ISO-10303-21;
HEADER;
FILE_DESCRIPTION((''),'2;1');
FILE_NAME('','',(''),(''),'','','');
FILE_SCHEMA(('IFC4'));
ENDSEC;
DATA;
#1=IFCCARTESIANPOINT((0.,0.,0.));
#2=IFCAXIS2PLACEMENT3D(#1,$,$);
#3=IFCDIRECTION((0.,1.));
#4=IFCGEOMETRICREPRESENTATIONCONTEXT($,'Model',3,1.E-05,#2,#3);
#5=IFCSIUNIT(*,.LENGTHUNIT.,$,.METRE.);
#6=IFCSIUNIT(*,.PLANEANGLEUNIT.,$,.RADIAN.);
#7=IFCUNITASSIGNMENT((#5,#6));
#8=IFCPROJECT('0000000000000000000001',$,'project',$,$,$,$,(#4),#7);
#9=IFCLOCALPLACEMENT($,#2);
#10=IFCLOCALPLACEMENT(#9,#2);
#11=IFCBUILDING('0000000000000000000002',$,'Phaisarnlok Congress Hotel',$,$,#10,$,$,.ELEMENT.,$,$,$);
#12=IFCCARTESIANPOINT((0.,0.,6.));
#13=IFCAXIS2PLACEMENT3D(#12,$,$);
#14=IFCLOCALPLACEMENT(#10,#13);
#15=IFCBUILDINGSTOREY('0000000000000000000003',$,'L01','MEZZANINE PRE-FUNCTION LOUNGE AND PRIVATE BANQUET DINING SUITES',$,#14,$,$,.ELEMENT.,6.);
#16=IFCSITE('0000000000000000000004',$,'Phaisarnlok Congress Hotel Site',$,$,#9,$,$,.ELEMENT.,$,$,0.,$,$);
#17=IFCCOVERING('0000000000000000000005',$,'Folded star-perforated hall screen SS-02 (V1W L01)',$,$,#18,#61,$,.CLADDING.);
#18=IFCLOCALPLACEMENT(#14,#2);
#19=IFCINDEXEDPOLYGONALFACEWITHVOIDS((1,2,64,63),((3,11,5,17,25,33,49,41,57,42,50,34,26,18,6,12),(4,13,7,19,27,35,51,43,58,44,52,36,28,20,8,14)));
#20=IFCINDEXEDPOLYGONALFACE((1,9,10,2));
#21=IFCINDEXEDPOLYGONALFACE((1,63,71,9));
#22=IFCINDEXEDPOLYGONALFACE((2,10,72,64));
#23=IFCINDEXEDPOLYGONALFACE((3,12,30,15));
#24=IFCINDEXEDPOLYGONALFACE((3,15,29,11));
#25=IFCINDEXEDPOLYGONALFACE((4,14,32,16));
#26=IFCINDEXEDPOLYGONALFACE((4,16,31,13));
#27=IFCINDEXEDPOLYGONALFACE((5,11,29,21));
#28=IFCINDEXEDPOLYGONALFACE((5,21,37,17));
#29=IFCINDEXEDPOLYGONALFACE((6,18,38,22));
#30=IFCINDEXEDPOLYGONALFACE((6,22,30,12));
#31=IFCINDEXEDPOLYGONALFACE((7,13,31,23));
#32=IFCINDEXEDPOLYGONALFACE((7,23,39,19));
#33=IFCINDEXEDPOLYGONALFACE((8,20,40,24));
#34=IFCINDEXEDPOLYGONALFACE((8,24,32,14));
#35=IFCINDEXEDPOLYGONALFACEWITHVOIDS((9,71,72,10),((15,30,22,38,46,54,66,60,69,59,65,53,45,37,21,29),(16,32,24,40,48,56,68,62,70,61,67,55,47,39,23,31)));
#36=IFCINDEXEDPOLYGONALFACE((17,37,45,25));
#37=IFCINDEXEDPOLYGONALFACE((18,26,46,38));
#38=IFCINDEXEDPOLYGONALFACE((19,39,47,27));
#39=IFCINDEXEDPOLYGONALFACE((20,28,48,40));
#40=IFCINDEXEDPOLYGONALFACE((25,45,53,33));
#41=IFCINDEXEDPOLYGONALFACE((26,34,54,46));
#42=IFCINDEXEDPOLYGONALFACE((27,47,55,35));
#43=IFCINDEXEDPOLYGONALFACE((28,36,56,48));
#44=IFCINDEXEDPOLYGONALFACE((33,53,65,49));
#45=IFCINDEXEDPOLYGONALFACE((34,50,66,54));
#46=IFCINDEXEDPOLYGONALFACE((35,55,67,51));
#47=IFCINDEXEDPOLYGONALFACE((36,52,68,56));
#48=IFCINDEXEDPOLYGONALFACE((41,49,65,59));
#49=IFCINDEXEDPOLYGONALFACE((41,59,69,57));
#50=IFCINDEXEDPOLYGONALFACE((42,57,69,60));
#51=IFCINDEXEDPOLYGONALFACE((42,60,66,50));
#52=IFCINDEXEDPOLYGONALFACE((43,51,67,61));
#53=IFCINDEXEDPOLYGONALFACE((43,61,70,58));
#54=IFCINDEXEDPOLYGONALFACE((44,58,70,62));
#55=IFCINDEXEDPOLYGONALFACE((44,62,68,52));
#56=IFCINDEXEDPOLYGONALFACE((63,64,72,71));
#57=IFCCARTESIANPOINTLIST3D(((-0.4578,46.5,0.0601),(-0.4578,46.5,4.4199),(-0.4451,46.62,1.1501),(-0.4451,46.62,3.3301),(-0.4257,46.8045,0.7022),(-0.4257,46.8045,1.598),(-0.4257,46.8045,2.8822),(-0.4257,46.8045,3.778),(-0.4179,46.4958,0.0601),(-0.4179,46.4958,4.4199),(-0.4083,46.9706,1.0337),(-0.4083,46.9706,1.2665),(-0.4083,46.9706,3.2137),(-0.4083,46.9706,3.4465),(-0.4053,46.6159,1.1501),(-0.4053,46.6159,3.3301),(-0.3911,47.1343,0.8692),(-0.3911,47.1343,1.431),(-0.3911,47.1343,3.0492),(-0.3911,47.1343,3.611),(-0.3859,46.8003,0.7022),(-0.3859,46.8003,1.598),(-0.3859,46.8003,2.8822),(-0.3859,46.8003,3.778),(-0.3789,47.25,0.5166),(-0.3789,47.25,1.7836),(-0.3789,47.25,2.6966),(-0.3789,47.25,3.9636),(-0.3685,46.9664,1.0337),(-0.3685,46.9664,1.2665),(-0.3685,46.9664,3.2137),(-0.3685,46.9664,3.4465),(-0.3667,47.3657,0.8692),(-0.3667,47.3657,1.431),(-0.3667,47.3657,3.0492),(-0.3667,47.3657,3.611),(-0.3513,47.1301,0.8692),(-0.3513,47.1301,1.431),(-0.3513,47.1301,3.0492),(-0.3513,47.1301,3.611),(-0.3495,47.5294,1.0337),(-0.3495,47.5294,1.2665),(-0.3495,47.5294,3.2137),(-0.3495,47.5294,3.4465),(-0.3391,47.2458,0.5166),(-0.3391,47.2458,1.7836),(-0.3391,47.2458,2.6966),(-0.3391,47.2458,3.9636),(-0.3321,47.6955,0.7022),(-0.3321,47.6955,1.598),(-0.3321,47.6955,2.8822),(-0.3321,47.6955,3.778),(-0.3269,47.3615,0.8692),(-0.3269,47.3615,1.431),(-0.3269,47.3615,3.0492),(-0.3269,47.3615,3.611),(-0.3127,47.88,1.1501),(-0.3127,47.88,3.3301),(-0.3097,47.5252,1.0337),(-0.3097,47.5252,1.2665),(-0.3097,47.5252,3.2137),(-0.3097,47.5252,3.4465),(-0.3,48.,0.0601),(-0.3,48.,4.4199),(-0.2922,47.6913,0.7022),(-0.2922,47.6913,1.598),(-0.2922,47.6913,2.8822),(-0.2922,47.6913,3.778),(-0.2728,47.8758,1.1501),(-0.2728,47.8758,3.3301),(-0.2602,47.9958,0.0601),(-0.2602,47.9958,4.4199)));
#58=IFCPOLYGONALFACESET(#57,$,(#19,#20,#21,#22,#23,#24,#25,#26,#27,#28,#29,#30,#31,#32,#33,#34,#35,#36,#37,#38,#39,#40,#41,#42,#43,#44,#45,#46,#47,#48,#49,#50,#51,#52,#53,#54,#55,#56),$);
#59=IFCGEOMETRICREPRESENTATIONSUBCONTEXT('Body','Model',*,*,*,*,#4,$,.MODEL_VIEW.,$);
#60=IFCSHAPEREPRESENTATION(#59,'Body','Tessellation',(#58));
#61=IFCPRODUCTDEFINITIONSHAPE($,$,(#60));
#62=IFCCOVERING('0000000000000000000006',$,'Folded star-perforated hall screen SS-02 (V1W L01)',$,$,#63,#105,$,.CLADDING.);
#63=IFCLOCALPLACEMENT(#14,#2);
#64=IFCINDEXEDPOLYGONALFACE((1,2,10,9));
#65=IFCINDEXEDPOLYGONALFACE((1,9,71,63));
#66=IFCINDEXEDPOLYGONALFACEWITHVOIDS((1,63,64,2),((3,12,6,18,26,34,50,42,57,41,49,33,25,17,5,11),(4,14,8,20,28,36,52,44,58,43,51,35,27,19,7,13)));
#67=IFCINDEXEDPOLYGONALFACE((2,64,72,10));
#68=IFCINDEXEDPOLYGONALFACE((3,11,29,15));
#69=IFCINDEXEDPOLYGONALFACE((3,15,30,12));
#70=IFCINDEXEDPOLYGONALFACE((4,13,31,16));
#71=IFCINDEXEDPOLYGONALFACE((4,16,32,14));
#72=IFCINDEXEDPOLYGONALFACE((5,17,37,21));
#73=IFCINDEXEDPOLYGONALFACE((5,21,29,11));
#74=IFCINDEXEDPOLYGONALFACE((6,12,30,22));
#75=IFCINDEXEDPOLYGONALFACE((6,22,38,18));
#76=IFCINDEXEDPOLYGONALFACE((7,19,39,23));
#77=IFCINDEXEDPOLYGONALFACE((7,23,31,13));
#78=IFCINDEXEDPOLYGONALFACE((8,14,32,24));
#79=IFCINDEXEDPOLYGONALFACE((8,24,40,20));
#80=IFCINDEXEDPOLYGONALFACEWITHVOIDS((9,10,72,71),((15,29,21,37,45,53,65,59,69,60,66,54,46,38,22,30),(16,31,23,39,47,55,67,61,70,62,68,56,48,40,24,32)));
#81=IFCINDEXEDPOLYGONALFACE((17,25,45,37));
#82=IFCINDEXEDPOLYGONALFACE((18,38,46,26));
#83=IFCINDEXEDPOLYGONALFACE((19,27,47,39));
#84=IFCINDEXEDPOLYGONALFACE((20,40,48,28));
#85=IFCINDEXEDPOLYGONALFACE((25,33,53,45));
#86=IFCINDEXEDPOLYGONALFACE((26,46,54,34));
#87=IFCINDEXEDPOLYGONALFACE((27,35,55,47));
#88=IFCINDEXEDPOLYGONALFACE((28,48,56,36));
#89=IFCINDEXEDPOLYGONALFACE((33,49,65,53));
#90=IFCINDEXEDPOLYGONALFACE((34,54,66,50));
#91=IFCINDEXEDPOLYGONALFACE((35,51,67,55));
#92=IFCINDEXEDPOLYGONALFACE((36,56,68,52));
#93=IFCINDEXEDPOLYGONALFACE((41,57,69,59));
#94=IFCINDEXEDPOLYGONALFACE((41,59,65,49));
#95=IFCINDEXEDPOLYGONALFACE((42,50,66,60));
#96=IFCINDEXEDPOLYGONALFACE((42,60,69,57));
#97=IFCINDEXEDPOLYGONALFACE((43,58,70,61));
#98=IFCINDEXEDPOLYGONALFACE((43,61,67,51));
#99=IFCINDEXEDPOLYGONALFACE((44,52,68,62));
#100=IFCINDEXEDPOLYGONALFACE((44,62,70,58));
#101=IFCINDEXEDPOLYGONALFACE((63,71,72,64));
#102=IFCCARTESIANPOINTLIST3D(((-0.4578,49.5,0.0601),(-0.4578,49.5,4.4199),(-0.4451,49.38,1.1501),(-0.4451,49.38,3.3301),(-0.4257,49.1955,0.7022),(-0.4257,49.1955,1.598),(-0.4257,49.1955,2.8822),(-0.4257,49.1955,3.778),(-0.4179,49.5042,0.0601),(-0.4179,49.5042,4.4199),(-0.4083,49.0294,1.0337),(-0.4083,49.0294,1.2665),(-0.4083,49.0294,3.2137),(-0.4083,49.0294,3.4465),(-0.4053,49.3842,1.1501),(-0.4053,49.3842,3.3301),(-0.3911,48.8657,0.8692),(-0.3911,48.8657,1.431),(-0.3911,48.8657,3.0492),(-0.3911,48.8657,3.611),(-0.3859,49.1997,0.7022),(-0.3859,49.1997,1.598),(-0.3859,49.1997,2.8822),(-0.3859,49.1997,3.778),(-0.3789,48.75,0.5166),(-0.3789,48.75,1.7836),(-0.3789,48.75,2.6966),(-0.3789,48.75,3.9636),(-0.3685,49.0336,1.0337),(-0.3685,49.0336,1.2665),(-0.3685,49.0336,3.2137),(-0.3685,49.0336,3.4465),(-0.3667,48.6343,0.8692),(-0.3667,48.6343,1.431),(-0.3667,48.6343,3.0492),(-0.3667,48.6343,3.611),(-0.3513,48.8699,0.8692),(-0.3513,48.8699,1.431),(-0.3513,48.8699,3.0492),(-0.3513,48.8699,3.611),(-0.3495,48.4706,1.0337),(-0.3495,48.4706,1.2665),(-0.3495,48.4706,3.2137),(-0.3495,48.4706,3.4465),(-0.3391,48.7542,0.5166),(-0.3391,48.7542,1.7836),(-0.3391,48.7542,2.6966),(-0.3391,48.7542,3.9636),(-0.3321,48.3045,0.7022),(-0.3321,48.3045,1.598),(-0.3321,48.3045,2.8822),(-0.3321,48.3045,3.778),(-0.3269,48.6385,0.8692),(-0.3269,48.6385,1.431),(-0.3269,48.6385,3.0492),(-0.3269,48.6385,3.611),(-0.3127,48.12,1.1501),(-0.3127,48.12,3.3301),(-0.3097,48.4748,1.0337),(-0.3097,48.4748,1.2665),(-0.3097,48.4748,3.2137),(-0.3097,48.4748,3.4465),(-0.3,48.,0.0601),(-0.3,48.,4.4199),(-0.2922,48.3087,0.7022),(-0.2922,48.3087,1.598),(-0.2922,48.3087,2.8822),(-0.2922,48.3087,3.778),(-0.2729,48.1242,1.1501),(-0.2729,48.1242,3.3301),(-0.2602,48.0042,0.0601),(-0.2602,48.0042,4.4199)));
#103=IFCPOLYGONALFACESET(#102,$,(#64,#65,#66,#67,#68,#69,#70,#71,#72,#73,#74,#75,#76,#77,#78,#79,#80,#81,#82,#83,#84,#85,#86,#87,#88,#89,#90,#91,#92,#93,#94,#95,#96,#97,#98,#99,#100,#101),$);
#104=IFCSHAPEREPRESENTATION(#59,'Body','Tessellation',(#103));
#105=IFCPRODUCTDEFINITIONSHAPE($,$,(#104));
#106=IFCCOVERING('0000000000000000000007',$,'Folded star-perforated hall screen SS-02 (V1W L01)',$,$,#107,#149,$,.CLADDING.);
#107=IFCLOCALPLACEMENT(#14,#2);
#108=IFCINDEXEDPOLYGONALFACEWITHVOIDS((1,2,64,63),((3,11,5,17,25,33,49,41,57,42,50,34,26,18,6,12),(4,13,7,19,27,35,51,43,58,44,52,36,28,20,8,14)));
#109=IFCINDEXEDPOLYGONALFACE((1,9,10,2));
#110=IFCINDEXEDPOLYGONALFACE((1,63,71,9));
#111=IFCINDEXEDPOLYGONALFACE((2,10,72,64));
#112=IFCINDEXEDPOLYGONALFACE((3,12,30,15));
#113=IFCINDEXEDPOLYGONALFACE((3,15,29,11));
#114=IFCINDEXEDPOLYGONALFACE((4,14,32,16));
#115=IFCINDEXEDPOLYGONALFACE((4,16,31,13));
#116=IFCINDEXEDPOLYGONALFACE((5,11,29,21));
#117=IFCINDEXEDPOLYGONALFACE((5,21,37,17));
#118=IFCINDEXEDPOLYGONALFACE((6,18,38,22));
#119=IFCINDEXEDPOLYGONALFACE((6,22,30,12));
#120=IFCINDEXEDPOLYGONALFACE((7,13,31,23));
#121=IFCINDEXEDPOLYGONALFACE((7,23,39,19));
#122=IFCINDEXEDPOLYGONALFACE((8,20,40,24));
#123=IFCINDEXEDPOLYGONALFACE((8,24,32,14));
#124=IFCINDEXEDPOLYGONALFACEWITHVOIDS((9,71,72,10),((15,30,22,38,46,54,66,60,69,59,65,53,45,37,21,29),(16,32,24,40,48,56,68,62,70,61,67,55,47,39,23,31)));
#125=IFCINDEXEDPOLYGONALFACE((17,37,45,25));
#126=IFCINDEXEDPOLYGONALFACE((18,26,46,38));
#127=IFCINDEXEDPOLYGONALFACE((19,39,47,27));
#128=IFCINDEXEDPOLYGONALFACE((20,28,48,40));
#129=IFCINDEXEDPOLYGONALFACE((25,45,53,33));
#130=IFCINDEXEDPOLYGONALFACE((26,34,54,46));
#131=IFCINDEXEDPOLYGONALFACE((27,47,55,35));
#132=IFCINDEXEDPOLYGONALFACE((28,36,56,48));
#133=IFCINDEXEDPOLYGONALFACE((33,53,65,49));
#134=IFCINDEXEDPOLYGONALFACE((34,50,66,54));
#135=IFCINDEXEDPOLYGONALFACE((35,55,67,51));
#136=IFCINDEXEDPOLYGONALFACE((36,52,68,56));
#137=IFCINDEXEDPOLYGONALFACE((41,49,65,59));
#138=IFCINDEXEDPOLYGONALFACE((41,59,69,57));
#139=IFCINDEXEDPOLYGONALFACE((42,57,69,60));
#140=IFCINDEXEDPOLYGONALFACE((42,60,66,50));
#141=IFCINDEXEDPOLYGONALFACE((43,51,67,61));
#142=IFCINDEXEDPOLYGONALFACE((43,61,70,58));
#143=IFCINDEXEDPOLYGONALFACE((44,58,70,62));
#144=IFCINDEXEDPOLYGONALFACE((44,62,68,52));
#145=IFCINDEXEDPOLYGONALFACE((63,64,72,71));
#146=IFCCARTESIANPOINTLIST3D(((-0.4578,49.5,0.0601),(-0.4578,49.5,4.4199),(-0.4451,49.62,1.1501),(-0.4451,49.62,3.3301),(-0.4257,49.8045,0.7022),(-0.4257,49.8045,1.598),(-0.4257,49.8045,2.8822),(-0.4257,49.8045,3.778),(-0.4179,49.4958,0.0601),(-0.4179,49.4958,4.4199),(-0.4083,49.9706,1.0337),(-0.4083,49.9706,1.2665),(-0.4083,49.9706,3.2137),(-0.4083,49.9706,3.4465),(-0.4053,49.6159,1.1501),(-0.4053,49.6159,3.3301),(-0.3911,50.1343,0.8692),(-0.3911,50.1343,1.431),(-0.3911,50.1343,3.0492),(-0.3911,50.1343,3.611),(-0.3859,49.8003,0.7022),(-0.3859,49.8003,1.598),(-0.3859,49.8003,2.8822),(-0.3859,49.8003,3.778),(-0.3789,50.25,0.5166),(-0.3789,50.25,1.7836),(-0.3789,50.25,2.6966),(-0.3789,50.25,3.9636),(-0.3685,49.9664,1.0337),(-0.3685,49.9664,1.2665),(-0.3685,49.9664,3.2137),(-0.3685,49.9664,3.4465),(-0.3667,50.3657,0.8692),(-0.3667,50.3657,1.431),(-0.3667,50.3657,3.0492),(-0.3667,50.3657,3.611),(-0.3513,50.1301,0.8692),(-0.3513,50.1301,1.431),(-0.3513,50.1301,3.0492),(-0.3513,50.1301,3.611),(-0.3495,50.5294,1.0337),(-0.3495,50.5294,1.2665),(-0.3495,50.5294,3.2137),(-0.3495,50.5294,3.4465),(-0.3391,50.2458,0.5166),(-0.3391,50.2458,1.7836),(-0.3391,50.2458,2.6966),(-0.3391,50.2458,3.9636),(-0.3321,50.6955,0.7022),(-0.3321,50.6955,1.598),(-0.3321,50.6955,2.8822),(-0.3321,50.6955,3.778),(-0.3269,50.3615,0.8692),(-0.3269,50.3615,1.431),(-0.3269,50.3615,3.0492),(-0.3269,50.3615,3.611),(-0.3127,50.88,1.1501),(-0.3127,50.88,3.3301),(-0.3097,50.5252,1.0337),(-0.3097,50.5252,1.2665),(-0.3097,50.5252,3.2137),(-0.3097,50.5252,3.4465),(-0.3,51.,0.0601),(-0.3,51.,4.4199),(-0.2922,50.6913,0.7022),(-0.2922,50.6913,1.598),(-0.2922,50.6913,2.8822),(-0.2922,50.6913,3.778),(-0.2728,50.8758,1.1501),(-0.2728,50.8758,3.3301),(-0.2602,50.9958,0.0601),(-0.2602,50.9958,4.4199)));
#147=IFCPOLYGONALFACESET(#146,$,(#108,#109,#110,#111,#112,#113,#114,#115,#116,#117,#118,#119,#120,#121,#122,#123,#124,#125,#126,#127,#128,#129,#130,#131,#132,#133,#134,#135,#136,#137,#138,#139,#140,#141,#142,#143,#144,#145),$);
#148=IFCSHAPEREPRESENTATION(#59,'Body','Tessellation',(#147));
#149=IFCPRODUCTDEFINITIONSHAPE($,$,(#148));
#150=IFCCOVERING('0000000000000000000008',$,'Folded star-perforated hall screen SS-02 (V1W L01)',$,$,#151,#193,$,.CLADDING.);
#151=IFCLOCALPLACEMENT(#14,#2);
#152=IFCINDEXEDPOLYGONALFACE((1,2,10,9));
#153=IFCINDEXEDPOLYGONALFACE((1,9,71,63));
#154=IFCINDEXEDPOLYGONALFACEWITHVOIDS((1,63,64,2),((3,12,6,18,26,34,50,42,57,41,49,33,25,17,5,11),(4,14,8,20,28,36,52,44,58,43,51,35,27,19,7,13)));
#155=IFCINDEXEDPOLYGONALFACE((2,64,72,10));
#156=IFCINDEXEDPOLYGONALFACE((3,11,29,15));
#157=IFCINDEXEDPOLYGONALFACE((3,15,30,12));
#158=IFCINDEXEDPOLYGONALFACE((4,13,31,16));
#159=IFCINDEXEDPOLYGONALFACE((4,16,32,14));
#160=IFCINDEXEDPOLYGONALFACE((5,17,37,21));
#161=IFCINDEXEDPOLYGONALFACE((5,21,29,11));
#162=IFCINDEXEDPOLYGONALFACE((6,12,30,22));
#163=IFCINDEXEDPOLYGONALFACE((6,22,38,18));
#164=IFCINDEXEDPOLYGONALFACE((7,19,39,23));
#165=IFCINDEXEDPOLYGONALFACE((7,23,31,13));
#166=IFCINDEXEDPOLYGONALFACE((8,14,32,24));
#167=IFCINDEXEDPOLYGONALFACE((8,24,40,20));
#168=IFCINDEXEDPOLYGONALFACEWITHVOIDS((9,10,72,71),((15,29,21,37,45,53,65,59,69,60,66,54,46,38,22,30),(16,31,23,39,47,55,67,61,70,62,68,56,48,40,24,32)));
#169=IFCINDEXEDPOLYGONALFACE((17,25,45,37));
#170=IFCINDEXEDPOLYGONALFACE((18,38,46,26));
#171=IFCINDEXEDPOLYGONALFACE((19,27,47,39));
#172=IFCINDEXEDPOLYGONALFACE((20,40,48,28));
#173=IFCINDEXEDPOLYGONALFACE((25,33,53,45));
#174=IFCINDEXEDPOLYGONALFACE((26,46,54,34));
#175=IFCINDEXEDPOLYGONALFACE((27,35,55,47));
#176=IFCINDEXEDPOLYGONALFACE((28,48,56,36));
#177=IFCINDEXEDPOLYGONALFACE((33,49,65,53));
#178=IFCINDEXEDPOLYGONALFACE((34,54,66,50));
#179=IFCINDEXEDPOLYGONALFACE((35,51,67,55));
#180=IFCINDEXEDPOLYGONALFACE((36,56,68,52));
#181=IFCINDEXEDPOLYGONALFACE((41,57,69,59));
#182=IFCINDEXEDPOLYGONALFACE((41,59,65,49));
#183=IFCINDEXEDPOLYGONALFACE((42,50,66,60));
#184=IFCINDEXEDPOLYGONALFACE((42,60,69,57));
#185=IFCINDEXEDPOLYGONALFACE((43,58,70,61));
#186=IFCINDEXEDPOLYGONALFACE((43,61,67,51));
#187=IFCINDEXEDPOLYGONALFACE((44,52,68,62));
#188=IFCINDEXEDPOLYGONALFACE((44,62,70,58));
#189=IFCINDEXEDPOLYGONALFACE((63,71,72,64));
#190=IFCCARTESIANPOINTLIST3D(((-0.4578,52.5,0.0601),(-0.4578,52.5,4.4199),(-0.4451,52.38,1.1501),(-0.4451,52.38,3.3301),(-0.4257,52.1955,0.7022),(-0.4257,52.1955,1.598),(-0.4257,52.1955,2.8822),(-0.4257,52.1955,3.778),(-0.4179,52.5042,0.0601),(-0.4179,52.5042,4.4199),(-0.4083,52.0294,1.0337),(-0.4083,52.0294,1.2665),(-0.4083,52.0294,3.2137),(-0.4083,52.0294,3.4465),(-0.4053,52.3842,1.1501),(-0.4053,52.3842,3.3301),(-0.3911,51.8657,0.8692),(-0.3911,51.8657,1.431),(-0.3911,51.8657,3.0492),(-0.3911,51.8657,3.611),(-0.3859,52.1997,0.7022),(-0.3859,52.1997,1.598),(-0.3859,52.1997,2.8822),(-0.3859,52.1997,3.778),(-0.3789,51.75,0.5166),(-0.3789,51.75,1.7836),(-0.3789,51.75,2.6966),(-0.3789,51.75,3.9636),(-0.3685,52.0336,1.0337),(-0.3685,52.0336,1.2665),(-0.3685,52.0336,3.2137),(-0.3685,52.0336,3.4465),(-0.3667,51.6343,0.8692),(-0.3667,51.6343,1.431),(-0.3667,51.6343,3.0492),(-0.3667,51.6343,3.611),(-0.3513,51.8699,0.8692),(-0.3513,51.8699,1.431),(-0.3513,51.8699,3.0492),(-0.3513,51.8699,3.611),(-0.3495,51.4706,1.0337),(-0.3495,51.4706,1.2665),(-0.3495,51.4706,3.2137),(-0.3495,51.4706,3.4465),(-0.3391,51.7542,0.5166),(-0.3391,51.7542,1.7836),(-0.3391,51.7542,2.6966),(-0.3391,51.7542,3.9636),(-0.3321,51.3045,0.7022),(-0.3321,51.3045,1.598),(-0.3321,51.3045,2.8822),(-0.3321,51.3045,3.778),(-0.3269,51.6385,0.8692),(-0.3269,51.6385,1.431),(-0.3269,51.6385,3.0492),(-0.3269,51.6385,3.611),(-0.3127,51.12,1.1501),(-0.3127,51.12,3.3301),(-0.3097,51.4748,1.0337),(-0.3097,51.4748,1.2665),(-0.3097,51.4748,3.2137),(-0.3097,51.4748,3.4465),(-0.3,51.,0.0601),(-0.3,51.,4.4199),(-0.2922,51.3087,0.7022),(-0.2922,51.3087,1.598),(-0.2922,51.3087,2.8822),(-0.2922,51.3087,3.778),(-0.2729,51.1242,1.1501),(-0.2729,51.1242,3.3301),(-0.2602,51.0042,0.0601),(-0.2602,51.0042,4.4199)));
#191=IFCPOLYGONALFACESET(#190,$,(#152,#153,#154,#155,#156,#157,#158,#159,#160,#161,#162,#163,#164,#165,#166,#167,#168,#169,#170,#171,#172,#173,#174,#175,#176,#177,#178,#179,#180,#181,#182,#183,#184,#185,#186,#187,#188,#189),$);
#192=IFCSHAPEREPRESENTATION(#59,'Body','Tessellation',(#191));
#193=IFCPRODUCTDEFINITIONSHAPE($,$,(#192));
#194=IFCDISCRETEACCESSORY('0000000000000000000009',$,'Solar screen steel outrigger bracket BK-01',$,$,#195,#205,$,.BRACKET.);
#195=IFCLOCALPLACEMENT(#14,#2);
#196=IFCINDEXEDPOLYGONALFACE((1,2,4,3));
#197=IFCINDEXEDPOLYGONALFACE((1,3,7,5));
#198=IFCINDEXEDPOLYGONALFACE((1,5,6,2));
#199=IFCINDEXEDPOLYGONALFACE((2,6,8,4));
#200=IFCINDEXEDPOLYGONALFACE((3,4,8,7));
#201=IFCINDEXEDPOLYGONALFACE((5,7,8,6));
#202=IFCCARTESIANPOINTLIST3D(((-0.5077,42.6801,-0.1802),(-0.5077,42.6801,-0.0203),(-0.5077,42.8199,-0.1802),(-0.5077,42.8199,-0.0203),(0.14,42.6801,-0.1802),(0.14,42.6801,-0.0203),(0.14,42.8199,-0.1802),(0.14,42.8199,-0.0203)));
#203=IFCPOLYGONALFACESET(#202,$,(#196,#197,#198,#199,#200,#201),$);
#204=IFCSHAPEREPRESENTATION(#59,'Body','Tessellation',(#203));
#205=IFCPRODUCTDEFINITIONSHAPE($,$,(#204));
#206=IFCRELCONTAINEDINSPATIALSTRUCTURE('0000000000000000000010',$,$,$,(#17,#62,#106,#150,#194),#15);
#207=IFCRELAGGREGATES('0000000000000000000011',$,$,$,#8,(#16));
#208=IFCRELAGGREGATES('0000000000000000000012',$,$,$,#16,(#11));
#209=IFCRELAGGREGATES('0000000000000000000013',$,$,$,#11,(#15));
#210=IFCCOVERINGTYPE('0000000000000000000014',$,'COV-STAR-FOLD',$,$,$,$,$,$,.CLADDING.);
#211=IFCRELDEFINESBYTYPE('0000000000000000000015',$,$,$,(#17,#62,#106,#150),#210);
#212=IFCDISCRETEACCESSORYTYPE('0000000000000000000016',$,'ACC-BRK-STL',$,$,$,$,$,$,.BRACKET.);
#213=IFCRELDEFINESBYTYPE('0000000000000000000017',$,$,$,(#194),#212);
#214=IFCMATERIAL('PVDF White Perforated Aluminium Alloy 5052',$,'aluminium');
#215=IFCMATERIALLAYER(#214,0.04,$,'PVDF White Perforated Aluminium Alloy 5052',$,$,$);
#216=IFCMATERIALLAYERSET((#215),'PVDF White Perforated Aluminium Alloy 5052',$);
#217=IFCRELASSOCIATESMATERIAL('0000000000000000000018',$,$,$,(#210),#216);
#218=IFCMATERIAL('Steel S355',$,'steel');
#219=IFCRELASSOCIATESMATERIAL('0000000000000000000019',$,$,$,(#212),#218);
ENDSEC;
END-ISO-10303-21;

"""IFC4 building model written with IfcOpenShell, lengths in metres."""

from ifc_helpers import new_model, si_unit, direction, frame, origin, origin_2d, place, context, subcontext, project, spatial, polyline, rectangle, outline, extrude, material, layer, layer_set, type_object, element, save


model = new_model("IFC4")

# Units and contexts
model_context = context("Model", 3, precision=1e-05, world=origin(), true_north=direction((0.0, 1.0)))
body_context = subcontext(model_context, "Body", "Model", "MODEL_VIEW")
ifc_project = project(units=[si_unit("LENGTHUNIT", "METRE"), si_unit("PLANEANGLEUNIT", "RADIAN")], contexts=[model_context])

# Site, building, storey
site_placement = place(None, origin())
site = spatial("IfcSite", under=ifc_project, at=site_placement, Name="Phaisarnlok Congress Hotel Site", CompositionType="ELEMENT", RefElevation=0.0)
building_placement = place(site_placement, origin())
building = spatial("IfcBuilding", under=site, at=building_placement, Name="Phaisarnlok Congress Hotel", CompositionType="ELEMENT")
storey_placement = place(building_placement, frame((0.0, 0.0, 6.0)))
storey = spatial("IfcBuildingStorey", under=building, at=storey_placement, Name="L01", Description="MEZZANINE PRE-FUNCTION LOUNGE AND PRIVATE BANQUET DINING SUITES", CompositionType="ELEMENT", Elevation=6.0)

# Coverings
ifc_material_1 = material(Name="PVDF White Perforated Aluminium Alloy 5052", Category="aluminium")
ifc_layer = layer(ifc_material_1, 0.04, Name="PVDF White Perforated Aluminium Alloy 5052")
ifc_layer_set = layer_set([ifc_layer], Name="PVDF White Perforated Aluminium Alloy 5052")
covering_type = type_object("IfcCoveringType", Name="COV-STAR-FOLD", PredefinedType="CLADDING", material=ifc_layer_set)
for number, where, z_axis, x_axis, name in (
    (1, (-0.4578, 46.5, 0.0601), (0.994518, -0.104567, 0.0), (0.104567, 0.994518, 0.0), "Folded star-perforated hall screen SS-02 (V1W L01)"),
    (2, (-0.3, 48.0, 0.0601), (0.994518, 0.104567, 0.0), (-0.104567, 0.994518, 0.0), "Folded star-perforated hall screen SS-02 (V1W L01)"),
    (3, (-0.4578, 49.5, 0.0601), (0.994518, -0.104567, 0.0), (0.104567, 0.994518, 0.0), "Folded star-perforated hall screen SS-02 (V1W L01)"),
    (4, (-0.3, 51.0, 0.0601), (0.994518, 0.104567, 0.0), (-0.104567, 0.994518, 0.0), "Folded star-perforated hall screen SS-02 (V1W L01)"),
):
    element("IfcCovering", number, at=place(storey_placement, frame(where, z_axis=z_axis, x_axis=x_axis)), inside=storey, type_object=covering_type, Name=name, PredefinedType="CLADDING", context=body_context, shape_type="SweptSolid", body=[
        extrude(outline(polyline([(0.0, 0.0), (1.5083, 0.0), (1.5083, 4.3599), (0.0, 4.3599), (0.0, 0.0)]), holes=[polyline([(1.0351, 0.9736), (1.2021, 0.6421), (0.8705, 0.8091), (0.7541, 0.4565), (0.6378, 0.8091), (0.3062, 0.6421), (0.4732, 0.9736), (0.1207, 1.09), (0.4732, 1.2064), (0.3062, 1.5379), (0.6378, 1.3709), (0.7541, 1.7235), (0.8705, 1.3709), (1.2021, 1.5379), (1.0351, 1.2064), (1.3876, 1.09), (1.0351, 0.9736)]), polyline([(1.0351, 3.1536), (1.2021, 2.8221), (0.8705, 2.9891), (0.7541, 2.6365), (0.6378, 2.9891), (0.3062, 2.8221), (0.4732, 3.1536), (0.1207, 3.27), (0.4732, 3.3864), (0.3062, 3.7179), (0.6378, 3.5509), (0.7541, 3.9035), (0.8705, 3.5509), (1.2021, 3.7179), (1.0351, 3.3864), (1.3876, 3.27), (1.0351, 3.1536)])]), origin(), (0.0, 0.0, 1.0), 0.04),
    ])

# Discrete accessory
ifc_material_2 = material(Name="Steel S355", Category="steel")
discrete_accessory_type = type_object("IfcDiscreteAccessoryType", Name="ACC-BRK-STL", PredefinedType="BRACKET", material=ifc_material_2)
for number, where, z_axis, x_axis, name in (
    (5, (-0.1838, 42.75, -0.1802), (0.0, 0.0, 1.0), (1.0, 0.0, 0.0), "Solar screen steel outrigger bracket BK-01"),
):
    element("IfcDiscreteAccessory", number, at=place(storey_placement, frame(where, z_axis=z_axis, x_axis=x_axis)), inside=storey, type_object=discrete_accessory_type, Name=name, PredefinedType="BRACKET", context=body_context, shape_type="SweptSolid", body=[
        extrude(rectangle(XDim=0.6477, YDim=0.1399, at=origin_2d()), origin(), (0.0, 0.0, 1.0), 0.1599),
    ])

save(model, "model.ifc")
